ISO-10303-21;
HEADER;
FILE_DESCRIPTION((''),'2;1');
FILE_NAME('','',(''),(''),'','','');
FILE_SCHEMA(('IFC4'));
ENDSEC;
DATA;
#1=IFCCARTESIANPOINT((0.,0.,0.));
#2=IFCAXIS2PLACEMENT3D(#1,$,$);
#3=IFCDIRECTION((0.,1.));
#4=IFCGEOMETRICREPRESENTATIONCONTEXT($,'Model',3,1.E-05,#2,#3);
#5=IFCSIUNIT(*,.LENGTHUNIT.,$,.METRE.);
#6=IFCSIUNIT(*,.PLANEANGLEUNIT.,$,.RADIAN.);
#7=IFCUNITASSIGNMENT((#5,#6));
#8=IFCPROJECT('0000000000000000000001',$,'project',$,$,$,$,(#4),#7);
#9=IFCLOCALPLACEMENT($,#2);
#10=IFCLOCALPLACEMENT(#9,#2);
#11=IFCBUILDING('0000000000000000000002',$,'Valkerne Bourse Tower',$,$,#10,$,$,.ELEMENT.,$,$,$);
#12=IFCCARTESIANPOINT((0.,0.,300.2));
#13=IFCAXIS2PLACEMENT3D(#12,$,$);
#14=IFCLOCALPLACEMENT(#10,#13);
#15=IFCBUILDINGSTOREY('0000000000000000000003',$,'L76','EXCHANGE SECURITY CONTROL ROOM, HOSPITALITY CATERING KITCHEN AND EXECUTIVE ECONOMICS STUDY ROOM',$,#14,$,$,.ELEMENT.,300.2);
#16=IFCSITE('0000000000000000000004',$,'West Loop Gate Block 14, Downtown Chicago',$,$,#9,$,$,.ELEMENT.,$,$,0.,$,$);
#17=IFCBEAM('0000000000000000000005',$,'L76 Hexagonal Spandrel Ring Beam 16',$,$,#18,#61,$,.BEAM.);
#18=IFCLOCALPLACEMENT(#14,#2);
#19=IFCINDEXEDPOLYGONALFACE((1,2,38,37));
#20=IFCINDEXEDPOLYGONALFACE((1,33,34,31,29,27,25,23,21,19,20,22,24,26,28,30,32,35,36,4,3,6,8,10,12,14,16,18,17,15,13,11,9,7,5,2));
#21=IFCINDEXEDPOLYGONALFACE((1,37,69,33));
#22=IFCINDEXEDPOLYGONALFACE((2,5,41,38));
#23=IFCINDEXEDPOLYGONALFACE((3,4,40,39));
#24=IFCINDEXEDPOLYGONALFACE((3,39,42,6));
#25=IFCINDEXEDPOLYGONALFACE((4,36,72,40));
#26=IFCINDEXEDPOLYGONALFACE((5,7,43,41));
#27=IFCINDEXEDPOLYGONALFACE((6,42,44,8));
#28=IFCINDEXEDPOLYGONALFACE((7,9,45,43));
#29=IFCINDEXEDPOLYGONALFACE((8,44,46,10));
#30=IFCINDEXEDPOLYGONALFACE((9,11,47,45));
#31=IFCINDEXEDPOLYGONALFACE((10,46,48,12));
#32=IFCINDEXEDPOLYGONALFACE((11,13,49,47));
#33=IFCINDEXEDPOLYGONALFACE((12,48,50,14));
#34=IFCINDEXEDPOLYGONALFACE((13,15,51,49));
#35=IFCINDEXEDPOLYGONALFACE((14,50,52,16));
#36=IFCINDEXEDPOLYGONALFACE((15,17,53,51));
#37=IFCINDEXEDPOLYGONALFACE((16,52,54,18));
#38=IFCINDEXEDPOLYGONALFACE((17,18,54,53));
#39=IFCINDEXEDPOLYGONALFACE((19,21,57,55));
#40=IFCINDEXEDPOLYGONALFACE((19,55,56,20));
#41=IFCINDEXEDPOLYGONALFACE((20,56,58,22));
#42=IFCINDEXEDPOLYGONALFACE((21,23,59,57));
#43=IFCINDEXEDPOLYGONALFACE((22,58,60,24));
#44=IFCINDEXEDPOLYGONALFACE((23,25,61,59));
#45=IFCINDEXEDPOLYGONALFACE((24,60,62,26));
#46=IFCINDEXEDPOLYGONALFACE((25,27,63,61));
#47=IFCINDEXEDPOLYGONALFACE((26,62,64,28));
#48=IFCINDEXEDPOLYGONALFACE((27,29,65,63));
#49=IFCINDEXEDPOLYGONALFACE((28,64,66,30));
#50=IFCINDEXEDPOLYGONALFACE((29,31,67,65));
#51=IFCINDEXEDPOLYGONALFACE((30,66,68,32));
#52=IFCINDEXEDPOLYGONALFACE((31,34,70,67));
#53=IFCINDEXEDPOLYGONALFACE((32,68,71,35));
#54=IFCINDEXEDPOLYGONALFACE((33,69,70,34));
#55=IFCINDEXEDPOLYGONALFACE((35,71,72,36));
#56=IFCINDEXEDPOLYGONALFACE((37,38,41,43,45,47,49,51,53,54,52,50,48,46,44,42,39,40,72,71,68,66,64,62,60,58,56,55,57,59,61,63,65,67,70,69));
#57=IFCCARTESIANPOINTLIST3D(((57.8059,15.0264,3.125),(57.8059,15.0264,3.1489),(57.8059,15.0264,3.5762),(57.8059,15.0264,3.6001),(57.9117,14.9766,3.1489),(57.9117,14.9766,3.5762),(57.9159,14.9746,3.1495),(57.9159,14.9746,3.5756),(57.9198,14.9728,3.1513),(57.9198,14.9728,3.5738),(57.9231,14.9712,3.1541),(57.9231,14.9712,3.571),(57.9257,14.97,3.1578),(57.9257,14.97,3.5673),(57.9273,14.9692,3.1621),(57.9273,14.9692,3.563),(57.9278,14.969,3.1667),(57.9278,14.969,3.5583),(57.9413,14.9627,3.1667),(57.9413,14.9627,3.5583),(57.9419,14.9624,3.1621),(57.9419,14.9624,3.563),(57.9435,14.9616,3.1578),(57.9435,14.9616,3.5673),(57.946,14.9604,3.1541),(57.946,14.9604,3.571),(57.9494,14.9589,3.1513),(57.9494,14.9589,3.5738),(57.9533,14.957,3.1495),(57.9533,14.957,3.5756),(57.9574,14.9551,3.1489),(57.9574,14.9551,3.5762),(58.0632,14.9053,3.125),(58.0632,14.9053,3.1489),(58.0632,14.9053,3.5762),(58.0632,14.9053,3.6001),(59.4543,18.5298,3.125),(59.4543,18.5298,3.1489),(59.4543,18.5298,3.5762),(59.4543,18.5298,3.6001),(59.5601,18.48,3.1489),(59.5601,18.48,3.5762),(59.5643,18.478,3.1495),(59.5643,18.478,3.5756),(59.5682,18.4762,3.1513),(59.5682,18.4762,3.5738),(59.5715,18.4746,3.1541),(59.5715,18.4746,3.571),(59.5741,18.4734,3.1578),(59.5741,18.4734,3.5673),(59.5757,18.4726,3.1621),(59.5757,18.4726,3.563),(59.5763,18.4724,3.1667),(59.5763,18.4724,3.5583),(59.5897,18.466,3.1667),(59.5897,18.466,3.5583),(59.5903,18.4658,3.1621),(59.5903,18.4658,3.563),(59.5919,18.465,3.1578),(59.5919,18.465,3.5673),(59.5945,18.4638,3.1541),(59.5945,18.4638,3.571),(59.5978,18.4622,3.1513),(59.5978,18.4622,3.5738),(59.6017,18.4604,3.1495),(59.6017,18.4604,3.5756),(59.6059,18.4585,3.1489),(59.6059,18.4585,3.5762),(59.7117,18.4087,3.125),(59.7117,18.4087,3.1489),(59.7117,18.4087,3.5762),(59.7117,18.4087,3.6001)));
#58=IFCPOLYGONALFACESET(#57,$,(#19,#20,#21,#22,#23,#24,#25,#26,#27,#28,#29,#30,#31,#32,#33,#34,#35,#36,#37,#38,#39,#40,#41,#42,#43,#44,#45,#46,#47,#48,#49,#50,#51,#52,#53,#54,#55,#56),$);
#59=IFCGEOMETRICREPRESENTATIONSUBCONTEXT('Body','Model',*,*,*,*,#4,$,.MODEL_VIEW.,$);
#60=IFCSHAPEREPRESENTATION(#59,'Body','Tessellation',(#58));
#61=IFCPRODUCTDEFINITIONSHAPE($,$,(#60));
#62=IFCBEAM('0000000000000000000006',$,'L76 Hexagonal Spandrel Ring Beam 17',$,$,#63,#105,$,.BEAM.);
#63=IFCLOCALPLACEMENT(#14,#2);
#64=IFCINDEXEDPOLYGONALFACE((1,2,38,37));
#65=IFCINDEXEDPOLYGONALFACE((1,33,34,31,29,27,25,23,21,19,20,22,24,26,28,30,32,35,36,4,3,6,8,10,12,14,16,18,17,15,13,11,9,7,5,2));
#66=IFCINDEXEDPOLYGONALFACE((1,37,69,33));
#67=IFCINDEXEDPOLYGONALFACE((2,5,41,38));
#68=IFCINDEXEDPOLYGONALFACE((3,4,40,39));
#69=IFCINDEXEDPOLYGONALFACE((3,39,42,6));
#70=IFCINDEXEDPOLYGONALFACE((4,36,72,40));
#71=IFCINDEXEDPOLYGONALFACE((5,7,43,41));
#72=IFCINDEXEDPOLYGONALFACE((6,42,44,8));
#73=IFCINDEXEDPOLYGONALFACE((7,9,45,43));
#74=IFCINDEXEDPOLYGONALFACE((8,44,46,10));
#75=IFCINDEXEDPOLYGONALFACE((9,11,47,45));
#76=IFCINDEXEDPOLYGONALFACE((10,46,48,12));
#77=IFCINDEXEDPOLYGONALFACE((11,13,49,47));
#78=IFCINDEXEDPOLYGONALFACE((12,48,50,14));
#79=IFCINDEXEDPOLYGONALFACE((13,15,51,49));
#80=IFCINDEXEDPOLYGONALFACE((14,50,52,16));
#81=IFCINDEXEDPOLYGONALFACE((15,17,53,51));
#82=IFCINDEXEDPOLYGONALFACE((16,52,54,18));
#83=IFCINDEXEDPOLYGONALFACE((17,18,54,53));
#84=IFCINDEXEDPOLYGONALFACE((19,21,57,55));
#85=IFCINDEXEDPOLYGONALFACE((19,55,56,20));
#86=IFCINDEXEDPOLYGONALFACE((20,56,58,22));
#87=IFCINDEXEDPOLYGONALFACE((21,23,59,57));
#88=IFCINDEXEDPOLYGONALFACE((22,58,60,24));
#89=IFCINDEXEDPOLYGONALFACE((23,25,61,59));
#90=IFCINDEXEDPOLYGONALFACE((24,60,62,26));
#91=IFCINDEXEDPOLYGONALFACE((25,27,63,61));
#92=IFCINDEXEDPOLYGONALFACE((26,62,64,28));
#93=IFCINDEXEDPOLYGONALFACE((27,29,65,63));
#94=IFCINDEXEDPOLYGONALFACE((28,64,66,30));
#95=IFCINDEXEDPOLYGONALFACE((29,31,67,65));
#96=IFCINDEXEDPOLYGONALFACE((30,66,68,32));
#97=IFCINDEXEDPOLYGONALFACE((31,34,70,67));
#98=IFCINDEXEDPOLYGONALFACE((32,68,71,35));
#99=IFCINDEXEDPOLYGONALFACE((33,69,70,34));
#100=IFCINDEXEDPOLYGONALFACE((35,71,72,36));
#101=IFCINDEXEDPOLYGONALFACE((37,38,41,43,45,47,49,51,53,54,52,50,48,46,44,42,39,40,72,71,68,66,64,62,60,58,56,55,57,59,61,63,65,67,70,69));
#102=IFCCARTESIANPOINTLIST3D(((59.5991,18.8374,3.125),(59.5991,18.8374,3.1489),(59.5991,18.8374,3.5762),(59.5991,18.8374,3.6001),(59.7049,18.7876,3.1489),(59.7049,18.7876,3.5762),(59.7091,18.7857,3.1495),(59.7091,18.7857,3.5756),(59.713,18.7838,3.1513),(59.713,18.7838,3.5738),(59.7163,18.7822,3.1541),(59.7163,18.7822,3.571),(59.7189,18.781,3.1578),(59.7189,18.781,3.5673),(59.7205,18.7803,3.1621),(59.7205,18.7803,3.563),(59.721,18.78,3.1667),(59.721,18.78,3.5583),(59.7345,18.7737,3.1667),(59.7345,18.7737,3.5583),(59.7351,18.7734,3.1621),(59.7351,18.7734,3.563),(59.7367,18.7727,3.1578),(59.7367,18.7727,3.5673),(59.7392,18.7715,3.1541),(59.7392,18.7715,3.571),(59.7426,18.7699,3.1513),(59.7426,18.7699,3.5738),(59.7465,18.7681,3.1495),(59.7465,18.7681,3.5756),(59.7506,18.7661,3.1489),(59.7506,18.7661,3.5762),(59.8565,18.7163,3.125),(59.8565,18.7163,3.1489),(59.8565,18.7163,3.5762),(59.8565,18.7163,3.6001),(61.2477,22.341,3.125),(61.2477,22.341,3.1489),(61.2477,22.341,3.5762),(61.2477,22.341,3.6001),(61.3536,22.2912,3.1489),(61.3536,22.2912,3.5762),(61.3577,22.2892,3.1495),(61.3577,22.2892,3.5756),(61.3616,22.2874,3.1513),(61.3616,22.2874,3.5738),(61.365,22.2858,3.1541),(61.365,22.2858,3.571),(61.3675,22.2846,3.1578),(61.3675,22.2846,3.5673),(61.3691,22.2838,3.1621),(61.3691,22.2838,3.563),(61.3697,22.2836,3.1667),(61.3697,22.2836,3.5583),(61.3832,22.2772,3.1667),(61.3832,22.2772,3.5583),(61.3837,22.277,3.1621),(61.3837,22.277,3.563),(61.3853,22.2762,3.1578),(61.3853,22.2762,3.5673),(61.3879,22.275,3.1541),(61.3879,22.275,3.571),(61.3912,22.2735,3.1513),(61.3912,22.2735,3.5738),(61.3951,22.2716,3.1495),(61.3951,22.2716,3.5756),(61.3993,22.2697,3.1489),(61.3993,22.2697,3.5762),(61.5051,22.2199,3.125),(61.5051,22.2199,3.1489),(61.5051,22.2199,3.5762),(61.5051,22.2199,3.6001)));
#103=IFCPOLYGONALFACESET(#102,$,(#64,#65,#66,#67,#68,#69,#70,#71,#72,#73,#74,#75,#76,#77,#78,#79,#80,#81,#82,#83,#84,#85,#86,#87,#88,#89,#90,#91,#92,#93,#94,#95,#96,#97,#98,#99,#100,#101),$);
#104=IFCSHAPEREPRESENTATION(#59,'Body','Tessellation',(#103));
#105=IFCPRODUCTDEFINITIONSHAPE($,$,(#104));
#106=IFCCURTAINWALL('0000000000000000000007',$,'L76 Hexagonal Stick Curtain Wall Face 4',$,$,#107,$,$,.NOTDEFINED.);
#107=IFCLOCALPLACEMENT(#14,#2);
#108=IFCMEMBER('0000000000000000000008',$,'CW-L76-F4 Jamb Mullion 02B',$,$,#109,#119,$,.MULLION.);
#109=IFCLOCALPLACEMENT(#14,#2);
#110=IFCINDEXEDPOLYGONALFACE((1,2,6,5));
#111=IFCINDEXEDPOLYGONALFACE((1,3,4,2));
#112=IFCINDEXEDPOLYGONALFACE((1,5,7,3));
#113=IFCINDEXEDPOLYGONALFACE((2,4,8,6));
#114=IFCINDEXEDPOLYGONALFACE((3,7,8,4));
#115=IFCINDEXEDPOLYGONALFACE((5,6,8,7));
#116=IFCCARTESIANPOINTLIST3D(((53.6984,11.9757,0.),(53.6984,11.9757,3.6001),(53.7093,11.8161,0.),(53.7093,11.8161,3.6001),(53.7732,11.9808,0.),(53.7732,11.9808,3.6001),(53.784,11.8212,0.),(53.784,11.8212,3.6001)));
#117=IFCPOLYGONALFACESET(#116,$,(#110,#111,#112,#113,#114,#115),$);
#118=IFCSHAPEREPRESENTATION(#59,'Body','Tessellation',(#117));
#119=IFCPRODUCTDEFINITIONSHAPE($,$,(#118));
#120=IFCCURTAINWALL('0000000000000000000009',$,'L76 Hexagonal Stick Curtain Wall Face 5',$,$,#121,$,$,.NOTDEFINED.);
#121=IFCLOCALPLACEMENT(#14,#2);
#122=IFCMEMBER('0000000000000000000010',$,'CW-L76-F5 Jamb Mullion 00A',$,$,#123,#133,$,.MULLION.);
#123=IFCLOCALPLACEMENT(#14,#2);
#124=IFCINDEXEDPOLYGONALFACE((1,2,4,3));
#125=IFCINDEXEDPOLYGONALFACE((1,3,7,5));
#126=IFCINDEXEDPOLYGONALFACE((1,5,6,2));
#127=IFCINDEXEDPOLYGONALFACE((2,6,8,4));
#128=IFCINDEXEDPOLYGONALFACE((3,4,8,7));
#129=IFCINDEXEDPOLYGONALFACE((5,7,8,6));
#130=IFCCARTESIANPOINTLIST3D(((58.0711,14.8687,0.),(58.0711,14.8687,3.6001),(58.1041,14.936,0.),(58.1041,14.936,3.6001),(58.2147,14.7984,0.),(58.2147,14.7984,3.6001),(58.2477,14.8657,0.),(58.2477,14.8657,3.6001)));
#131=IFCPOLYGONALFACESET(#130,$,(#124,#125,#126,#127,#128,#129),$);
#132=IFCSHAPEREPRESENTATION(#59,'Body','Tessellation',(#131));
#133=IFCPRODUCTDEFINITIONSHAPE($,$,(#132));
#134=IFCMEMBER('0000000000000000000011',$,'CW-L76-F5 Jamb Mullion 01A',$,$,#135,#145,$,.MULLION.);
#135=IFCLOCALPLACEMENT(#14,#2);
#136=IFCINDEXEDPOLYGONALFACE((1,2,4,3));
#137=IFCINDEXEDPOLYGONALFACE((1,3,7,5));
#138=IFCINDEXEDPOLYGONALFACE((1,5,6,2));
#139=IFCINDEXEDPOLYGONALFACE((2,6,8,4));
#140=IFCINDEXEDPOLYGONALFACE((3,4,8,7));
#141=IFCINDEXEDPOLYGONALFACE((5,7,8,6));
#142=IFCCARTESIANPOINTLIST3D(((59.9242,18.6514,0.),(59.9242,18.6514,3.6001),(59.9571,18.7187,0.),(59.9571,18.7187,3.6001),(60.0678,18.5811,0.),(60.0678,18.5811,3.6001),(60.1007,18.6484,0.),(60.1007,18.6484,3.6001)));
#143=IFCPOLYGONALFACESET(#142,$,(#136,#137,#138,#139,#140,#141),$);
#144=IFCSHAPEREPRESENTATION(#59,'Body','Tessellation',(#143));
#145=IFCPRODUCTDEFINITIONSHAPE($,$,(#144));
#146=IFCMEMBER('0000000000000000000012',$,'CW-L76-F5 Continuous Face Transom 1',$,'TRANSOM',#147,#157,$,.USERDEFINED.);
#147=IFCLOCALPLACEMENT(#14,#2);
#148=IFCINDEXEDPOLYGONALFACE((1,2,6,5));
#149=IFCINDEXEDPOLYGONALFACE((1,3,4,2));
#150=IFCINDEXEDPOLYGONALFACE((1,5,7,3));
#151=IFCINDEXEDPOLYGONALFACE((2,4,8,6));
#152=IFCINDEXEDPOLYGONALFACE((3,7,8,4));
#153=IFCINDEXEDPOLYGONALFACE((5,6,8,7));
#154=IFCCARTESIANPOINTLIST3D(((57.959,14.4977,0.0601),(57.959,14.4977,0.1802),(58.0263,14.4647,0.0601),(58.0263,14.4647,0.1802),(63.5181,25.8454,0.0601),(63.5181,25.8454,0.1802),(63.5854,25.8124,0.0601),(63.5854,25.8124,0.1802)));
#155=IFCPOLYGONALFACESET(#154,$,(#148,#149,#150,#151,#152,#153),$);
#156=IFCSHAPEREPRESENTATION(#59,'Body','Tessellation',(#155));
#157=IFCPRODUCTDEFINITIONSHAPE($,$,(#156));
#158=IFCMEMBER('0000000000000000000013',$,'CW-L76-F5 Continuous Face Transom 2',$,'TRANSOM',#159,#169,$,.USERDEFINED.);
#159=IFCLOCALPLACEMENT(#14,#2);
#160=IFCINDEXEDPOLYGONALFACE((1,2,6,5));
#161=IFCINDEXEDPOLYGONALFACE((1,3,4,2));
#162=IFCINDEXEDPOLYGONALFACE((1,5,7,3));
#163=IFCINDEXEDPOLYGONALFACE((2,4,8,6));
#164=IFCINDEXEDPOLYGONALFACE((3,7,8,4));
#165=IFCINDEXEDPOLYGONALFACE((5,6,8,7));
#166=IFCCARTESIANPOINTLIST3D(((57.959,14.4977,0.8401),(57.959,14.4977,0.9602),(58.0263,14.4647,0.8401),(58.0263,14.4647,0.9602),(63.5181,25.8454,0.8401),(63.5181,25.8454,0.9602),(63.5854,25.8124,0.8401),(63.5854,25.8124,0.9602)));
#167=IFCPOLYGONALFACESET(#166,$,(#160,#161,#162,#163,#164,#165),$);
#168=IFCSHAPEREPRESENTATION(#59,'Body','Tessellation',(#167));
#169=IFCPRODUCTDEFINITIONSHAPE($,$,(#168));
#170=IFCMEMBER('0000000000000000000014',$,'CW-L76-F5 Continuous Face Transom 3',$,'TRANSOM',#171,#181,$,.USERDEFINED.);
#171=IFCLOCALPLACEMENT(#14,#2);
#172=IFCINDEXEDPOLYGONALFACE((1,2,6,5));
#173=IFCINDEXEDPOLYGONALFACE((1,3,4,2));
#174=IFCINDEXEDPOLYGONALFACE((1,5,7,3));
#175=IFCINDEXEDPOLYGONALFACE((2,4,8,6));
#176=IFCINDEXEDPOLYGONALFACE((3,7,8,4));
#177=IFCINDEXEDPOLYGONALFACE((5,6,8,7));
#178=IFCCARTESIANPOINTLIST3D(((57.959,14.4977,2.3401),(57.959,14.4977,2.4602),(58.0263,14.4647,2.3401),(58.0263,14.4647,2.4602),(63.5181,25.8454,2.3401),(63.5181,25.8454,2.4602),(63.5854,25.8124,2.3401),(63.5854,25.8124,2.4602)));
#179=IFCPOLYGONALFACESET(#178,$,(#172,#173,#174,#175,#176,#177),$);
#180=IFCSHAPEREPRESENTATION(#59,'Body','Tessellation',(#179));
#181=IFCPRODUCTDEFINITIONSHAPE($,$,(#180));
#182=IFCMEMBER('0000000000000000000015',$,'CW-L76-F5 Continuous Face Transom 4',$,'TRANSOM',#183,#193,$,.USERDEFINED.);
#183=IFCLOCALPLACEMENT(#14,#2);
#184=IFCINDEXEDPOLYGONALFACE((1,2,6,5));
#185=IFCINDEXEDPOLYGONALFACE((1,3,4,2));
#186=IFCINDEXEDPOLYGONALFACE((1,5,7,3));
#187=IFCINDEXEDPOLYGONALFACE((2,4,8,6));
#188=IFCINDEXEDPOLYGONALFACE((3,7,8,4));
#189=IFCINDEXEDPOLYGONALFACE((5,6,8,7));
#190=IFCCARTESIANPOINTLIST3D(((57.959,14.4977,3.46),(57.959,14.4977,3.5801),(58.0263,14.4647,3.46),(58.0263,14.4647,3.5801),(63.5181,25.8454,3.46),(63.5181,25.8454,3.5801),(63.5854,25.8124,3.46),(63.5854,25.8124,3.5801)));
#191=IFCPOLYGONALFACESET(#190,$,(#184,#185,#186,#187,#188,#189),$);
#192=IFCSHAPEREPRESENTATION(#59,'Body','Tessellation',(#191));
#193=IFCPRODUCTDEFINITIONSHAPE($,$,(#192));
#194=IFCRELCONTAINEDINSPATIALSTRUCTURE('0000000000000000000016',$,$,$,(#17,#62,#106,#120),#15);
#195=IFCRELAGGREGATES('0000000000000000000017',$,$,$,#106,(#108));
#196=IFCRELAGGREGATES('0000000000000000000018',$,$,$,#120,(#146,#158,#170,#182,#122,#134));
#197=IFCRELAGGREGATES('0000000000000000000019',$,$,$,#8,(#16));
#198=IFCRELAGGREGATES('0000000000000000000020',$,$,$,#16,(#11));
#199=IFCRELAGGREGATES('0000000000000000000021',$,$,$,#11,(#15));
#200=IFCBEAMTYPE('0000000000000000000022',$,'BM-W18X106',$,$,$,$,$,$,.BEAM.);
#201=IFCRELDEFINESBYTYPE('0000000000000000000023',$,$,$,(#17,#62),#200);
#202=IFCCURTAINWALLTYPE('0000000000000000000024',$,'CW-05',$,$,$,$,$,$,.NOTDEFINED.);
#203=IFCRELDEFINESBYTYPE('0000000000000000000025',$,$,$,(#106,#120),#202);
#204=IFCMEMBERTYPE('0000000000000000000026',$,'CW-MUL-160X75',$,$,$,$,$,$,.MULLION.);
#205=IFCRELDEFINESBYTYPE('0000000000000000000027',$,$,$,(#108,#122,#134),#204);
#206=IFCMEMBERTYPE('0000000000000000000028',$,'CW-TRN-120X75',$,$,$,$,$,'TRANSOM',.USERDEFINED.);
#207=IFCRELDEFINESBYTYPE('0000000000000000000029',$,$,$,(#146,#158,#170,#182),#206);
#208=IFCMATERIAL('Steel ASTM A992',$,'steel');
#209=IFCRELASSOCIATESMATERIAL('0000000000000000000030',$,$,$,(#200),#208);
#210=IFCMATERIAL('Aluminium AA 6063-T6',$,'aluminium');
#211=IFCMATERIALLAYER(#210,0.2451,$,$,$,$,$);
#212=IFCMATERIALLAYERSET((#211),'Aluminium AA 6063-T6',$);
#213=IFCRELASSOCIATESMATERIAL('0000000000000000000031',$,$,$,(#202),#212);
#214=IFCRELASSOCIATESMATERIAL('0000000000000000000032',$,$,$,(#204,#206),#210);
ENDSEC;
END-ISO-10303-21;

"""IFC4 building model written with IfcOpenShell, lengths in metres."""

from ifc_helpers import new_model, si_unit, direction, frame, origin, origin_2d, place, context, subcontext, project, spatial, rectangle, i_section, extrude, material, layer, layer_set, material_profile, profile_set, type_object, element, aggregate, save


model = new_model("IFC4")

# Units and contexts
model_context = context("Model", 3, precision=1e-05, world=origin(), true_north=direction((0.0, 1.0)))
body_context = subcontext(model_context, "Body", "Model", "MODEL_VIEW")
ifc_project = project(units=[si_unit("LENGTHUNIT", "METRE"), si_unit("PLANEANGLEUNIT", "RADIAN")], contexts=[model_context])

# Site, building, storey
site_placement = place(None, origin())
site = spatial("IfcSite", under=ifc_project, at=site_placement, Name="West Loop Gate Block 14, Downtown Chicago", CompositionType="ELEMENT", RefElevation=0.0)
building_placement = place(site_placement, origin())
building = spatial("IfcBuilding", under=site, at=building_placement, Name="Valkerne Bourse Tower", CompositionType="ELEMENT")
storey_placement = place(building_placement, frame((0.0, 0.0, 300.2)))
storey = spatial("IfcBuildingStorey", under=building, at=storey_placement, Name="L76", Description="EXCHANGE SECURITY CONTROL ROOM, HOSPITALITY CATERING KITCHEN AND EXECUTIVE ECONOMICS STUDY ROOM", CompositionType="ELEMENT", Elevation=300.2)

# Beams
ifc_material_1 = material(Name="Steel ASTM A992", Category="steel")
ifc_material_profile_1 = material_profile(ifc_material_1, i_section(OverallWidth=0.2844, OverallDepth=0.4751, WebThickness=0.0149, FlangeThickness=0.0239, FilletRadius=0.0178, at=origin_2d()), Name="W18X106")
ifc_profile_set_1 = profile_set([ifc_material_profile_1], Name="Steel ASTM A992")
beam_type = type_object("IfcBeamType", Name="BM-W18X106", PredefinedType="BEAM", material=ifc_profile_set_1)
beam_1_placement = place(storey_placement, frame((57.9346, 14.9658, 3.3625), z_axis=(0.425748, 0.904842, 0.0), x_axis=(-0.904842, 0.425748, 0.0)))
element("IfcBeam", 1, at=beam_1_placement, inside=storey, type_object=beam_type, Name="L76 Hexagonal Spandrel Ring Beam 16", PredefinedType="BEAM", context=body_context, shape_type="SweptSolid", body=[
    extrude(i_section(OverallWidth=0.2844, OverallDepth=0.4751, WebThickness=0.0149, FlangeThickness=0.0239, FilletRadius=0.0178, at=origin_2d()), origin(), (0.0, 0.0, 1.0), 3.8718),
])
beam_2_placement = place(storey_placement, frame((59.7278, 18.7769, 3.3625), z_axis=(0.425776, 0.904829, 0.0), x_axis=(-0.904829, 0.425776, 0.0)))
element("IfcBeam", 2, at=beam_2_placement, inside=storey, type_object=beam_type, Name="L76 Hexagonal Spandrel Ring Beam 17", PredefinedType="BEAM", context=body_context, shape_type="SweptSolid", body=[
    extrude(i_section(OverallWidth=0.2844, OverallDepth=0.4751, WebThickness=0.0149, FlangeThickness=0.0239, FilletRadius=0.0178, at=origin_2d()), origin(), (0.0, 0.0, 1.0), 3.8721),
])

# Curtain wall, member
ifc_material_2 = material(Name="Aluminium AA 6063-T6", Category="aluminium")
ifc_layer_1 = layer(ifc_material_2, 0.2451)
ifc_layer_set_1 = layer_set([ifc_layer_1], Name="Aluminium AA 6063-T6")
curtain_wall_type = type_object("IfcCurtainWallType", Name="CW-05", PredefinedType="NOTDEFINED", material=ifc_layer_set_1)
curtain_wall_1_placement = place(storey_placement, origin())
curtain_wall_1 = element("IfcCurtainWall", 3, at=curtain_wall_1_placement, inside=storey, type_object=curtain_wall_type, Name="L76 Hexagonal Stick Curtain Wall Face 4", PredefinedType="NOTDEFINED")
ifc_material_profile_2 = material_profile(ifc_material_2, rectangle(XDim=0.075, YDim=0.1599, at=origin_2d()), Name="CWM-75X160")
ifc_profile_set_2 = profile_set([ifc_material_profile_2], Name="Aluminium AA 6063-T6")
member_type_1 = type_object("IfcMemberType", Name="CW-MUL-160X75", PredefinedType="MULLION", material=ifc_profile_set_2)
member_1_placement = place(storey_placement, frame((53.7412, 11.8984, 0.0), z_axis=(0.0, 0.0, 1.0), x_axis=(0.997684, 0.068021, 0.0)))
member_1 = element("IfcMember", 4, at=member_1_placement, type_object=member_type_1, Name="CW-L76-F4 Jamb Mullion 02B", PredefinedType="MULLION", context=body_context, shape_type="SweptSolid", body=[
    extrude(rectangle(XDim=0.075, YDim=0.1599, at=origin_2d()), origin(), (0.0, 0.0, 1.0), 3.6001),
])
aggregate(curtain_wall_1, [member_1])

# Curtain wall, members
curtain_wall_2_placement = place(storey_placement, origin())
curtain_wall_2 = element("IfcCurtainWall", 5, at=curtain_wall_2_placement, inside=storey, type_object=curtain_wall_type, Name="L76 Hexagonal Stick Curtain Wall Face 5", PredefinedType="NOTDEFINED")
member_2_placement = place(storey_placement, frame((58.1594, 14.8672, 0.0), z_axis=(0.0, 0.0, 1.0), x_axis=(0.439934, 0.89803, 0.0)))
member_2 = element("IfcMember", 6, at=member_2_placement, type_object=member_type_1, Name="CW-L76-F5 Jamb Mullion 00A", PredefinedType="MULLION", context=body_context, shape_type="SweptSolid", body=[
    extrude(rectangle(XDim=0.075, YDim=0.1599, at=origin_2d()), origin(), (0.0, 0.0, 1.0), 3.6001),
])
member_3_placement = place(storey_placement, frame((60.0125, 18.6499, 0.0), z_axis=(0.0, 0.0, 1.0), x_axis=(0.439934, 0.89803, 0.0)))
member_3 = element("IfcMember", 7, at=member_3_placement, type_object=member_type_1, Name="CW-L76-F5 Jamb Mullion 01A", PredefinedType="MULLION", context=body_context, shape_type="SweptSolid", body=[
    extrude(rectangle(XDim=0.075, YDim=0.1599, at=origin_2d()), origin(), (0.0, 0.0, 1.0), 3.6001),
])
ifc_material_profile_3 = material_profile(ifc_material_2, rectangle(XDim=0.075, YDim=0.1201, at=origin_2d()), Name="CWT-75X120")
ifc_profile_set_3 = profile_set([ifc_material_profile_3], Name="Aluminium AA 6063-T6")
member_type_2 = type_object("IfcMemberType", Name="CW-TRN-120X75", ElementType="TRANSOM", PredefinedType="USERDEFINED", material=ifc_profile_set_3)
member_4_placement = place(storey_placement, frame((57.9927, 14.4812, 0.1201), z_axis=(0.439934, 0.89803, 0.0), x_axis=(-0.89803, 0.439934, 0.0)))
member_4 = element("IfcMember", 8, at=member_4_placement, type_object=member_type_2, Name="CW-L76-F5 Continuous Face Transom 1", ObjectType="TRANSOM", PredefinedType="USERDEFINED", context=body_context, shape_type="SweptSolid", body=[
    extrude(rectangle(XDim=0.075, YDim=0.1201, at=origin_2d()), origin(), (0.0, 0.0, 1.0), 12.6362),
])
member_5_placement = place(storey_placement, frame((57.9927, 14.4812, 0.9001), z_axis=(0.439934, 0.89803, 0.0), x_axis=(-0.89803, 0.439934, 0.0)))
member_5 = element("IfcMember", 9, at=member_5_placement, type_object=member_type_2, Name="CW-L76-F5 Continuous Face Transom 2", ObjectType="TRANSOM", PredefinedType="USERDEFINED", context=body_context, shape_type="SweptSolid", body=[
    extrude(rectangle(XDim=0.075, YDim=0.1201, at=origin_2d()), origin(), (0.0, 0.0, 1.0), 12.6362),
])
member_6_placement = place(storey_placement, frame((57.9927, 14.4812, 2.4001), z_axis=(0.439934, 0.89803, 0.0), x_axis=(-0.89803, 0.439934, 0.0)))
member_6 = element("IfcMember", 10, at=member_6_placement, type_object=member_type_2, Name="CW-L76-F5 Continuous Face Transom 3", ObjectType="TRANSOM", PredefinedType="USERDEFINED", context=body_context, shape_type="SweptSolid", body=[
    extrude(rectangle(XDim=0.075, YDim=0.1201, at=origin_2d()), origin(), (0.0, 0.0, 1.0), 12.6362),
])
member_7_placement = place(storey_placement, frame((57.9927, 14.4812, 3.52), z_axis=(0.439934, 0.89803, 0.0), x_axis=(-0.89803, 0.439934, 0.0)))
member_7 = element("IfcMember", 11, at=member_7_placement, type_object=member_type_2, Name="CW-L76-F5 Continuous Face Transom 4", ObjectType="TRANSOM", PredefinedType="USERDEFINED", context=body_context, shape_type="SweptSolid", body=[
    extrude(rectangle(XDim=0.075, YDim=0.1201, at=origin_2d()), origin(), (0.0, 0.0, 1.0), 12.6362),
])

aggregate(curtain_wall_2, [member_4, member_5, member_6, member_7, member_2, member_3])

save(model, "model.ifc")
